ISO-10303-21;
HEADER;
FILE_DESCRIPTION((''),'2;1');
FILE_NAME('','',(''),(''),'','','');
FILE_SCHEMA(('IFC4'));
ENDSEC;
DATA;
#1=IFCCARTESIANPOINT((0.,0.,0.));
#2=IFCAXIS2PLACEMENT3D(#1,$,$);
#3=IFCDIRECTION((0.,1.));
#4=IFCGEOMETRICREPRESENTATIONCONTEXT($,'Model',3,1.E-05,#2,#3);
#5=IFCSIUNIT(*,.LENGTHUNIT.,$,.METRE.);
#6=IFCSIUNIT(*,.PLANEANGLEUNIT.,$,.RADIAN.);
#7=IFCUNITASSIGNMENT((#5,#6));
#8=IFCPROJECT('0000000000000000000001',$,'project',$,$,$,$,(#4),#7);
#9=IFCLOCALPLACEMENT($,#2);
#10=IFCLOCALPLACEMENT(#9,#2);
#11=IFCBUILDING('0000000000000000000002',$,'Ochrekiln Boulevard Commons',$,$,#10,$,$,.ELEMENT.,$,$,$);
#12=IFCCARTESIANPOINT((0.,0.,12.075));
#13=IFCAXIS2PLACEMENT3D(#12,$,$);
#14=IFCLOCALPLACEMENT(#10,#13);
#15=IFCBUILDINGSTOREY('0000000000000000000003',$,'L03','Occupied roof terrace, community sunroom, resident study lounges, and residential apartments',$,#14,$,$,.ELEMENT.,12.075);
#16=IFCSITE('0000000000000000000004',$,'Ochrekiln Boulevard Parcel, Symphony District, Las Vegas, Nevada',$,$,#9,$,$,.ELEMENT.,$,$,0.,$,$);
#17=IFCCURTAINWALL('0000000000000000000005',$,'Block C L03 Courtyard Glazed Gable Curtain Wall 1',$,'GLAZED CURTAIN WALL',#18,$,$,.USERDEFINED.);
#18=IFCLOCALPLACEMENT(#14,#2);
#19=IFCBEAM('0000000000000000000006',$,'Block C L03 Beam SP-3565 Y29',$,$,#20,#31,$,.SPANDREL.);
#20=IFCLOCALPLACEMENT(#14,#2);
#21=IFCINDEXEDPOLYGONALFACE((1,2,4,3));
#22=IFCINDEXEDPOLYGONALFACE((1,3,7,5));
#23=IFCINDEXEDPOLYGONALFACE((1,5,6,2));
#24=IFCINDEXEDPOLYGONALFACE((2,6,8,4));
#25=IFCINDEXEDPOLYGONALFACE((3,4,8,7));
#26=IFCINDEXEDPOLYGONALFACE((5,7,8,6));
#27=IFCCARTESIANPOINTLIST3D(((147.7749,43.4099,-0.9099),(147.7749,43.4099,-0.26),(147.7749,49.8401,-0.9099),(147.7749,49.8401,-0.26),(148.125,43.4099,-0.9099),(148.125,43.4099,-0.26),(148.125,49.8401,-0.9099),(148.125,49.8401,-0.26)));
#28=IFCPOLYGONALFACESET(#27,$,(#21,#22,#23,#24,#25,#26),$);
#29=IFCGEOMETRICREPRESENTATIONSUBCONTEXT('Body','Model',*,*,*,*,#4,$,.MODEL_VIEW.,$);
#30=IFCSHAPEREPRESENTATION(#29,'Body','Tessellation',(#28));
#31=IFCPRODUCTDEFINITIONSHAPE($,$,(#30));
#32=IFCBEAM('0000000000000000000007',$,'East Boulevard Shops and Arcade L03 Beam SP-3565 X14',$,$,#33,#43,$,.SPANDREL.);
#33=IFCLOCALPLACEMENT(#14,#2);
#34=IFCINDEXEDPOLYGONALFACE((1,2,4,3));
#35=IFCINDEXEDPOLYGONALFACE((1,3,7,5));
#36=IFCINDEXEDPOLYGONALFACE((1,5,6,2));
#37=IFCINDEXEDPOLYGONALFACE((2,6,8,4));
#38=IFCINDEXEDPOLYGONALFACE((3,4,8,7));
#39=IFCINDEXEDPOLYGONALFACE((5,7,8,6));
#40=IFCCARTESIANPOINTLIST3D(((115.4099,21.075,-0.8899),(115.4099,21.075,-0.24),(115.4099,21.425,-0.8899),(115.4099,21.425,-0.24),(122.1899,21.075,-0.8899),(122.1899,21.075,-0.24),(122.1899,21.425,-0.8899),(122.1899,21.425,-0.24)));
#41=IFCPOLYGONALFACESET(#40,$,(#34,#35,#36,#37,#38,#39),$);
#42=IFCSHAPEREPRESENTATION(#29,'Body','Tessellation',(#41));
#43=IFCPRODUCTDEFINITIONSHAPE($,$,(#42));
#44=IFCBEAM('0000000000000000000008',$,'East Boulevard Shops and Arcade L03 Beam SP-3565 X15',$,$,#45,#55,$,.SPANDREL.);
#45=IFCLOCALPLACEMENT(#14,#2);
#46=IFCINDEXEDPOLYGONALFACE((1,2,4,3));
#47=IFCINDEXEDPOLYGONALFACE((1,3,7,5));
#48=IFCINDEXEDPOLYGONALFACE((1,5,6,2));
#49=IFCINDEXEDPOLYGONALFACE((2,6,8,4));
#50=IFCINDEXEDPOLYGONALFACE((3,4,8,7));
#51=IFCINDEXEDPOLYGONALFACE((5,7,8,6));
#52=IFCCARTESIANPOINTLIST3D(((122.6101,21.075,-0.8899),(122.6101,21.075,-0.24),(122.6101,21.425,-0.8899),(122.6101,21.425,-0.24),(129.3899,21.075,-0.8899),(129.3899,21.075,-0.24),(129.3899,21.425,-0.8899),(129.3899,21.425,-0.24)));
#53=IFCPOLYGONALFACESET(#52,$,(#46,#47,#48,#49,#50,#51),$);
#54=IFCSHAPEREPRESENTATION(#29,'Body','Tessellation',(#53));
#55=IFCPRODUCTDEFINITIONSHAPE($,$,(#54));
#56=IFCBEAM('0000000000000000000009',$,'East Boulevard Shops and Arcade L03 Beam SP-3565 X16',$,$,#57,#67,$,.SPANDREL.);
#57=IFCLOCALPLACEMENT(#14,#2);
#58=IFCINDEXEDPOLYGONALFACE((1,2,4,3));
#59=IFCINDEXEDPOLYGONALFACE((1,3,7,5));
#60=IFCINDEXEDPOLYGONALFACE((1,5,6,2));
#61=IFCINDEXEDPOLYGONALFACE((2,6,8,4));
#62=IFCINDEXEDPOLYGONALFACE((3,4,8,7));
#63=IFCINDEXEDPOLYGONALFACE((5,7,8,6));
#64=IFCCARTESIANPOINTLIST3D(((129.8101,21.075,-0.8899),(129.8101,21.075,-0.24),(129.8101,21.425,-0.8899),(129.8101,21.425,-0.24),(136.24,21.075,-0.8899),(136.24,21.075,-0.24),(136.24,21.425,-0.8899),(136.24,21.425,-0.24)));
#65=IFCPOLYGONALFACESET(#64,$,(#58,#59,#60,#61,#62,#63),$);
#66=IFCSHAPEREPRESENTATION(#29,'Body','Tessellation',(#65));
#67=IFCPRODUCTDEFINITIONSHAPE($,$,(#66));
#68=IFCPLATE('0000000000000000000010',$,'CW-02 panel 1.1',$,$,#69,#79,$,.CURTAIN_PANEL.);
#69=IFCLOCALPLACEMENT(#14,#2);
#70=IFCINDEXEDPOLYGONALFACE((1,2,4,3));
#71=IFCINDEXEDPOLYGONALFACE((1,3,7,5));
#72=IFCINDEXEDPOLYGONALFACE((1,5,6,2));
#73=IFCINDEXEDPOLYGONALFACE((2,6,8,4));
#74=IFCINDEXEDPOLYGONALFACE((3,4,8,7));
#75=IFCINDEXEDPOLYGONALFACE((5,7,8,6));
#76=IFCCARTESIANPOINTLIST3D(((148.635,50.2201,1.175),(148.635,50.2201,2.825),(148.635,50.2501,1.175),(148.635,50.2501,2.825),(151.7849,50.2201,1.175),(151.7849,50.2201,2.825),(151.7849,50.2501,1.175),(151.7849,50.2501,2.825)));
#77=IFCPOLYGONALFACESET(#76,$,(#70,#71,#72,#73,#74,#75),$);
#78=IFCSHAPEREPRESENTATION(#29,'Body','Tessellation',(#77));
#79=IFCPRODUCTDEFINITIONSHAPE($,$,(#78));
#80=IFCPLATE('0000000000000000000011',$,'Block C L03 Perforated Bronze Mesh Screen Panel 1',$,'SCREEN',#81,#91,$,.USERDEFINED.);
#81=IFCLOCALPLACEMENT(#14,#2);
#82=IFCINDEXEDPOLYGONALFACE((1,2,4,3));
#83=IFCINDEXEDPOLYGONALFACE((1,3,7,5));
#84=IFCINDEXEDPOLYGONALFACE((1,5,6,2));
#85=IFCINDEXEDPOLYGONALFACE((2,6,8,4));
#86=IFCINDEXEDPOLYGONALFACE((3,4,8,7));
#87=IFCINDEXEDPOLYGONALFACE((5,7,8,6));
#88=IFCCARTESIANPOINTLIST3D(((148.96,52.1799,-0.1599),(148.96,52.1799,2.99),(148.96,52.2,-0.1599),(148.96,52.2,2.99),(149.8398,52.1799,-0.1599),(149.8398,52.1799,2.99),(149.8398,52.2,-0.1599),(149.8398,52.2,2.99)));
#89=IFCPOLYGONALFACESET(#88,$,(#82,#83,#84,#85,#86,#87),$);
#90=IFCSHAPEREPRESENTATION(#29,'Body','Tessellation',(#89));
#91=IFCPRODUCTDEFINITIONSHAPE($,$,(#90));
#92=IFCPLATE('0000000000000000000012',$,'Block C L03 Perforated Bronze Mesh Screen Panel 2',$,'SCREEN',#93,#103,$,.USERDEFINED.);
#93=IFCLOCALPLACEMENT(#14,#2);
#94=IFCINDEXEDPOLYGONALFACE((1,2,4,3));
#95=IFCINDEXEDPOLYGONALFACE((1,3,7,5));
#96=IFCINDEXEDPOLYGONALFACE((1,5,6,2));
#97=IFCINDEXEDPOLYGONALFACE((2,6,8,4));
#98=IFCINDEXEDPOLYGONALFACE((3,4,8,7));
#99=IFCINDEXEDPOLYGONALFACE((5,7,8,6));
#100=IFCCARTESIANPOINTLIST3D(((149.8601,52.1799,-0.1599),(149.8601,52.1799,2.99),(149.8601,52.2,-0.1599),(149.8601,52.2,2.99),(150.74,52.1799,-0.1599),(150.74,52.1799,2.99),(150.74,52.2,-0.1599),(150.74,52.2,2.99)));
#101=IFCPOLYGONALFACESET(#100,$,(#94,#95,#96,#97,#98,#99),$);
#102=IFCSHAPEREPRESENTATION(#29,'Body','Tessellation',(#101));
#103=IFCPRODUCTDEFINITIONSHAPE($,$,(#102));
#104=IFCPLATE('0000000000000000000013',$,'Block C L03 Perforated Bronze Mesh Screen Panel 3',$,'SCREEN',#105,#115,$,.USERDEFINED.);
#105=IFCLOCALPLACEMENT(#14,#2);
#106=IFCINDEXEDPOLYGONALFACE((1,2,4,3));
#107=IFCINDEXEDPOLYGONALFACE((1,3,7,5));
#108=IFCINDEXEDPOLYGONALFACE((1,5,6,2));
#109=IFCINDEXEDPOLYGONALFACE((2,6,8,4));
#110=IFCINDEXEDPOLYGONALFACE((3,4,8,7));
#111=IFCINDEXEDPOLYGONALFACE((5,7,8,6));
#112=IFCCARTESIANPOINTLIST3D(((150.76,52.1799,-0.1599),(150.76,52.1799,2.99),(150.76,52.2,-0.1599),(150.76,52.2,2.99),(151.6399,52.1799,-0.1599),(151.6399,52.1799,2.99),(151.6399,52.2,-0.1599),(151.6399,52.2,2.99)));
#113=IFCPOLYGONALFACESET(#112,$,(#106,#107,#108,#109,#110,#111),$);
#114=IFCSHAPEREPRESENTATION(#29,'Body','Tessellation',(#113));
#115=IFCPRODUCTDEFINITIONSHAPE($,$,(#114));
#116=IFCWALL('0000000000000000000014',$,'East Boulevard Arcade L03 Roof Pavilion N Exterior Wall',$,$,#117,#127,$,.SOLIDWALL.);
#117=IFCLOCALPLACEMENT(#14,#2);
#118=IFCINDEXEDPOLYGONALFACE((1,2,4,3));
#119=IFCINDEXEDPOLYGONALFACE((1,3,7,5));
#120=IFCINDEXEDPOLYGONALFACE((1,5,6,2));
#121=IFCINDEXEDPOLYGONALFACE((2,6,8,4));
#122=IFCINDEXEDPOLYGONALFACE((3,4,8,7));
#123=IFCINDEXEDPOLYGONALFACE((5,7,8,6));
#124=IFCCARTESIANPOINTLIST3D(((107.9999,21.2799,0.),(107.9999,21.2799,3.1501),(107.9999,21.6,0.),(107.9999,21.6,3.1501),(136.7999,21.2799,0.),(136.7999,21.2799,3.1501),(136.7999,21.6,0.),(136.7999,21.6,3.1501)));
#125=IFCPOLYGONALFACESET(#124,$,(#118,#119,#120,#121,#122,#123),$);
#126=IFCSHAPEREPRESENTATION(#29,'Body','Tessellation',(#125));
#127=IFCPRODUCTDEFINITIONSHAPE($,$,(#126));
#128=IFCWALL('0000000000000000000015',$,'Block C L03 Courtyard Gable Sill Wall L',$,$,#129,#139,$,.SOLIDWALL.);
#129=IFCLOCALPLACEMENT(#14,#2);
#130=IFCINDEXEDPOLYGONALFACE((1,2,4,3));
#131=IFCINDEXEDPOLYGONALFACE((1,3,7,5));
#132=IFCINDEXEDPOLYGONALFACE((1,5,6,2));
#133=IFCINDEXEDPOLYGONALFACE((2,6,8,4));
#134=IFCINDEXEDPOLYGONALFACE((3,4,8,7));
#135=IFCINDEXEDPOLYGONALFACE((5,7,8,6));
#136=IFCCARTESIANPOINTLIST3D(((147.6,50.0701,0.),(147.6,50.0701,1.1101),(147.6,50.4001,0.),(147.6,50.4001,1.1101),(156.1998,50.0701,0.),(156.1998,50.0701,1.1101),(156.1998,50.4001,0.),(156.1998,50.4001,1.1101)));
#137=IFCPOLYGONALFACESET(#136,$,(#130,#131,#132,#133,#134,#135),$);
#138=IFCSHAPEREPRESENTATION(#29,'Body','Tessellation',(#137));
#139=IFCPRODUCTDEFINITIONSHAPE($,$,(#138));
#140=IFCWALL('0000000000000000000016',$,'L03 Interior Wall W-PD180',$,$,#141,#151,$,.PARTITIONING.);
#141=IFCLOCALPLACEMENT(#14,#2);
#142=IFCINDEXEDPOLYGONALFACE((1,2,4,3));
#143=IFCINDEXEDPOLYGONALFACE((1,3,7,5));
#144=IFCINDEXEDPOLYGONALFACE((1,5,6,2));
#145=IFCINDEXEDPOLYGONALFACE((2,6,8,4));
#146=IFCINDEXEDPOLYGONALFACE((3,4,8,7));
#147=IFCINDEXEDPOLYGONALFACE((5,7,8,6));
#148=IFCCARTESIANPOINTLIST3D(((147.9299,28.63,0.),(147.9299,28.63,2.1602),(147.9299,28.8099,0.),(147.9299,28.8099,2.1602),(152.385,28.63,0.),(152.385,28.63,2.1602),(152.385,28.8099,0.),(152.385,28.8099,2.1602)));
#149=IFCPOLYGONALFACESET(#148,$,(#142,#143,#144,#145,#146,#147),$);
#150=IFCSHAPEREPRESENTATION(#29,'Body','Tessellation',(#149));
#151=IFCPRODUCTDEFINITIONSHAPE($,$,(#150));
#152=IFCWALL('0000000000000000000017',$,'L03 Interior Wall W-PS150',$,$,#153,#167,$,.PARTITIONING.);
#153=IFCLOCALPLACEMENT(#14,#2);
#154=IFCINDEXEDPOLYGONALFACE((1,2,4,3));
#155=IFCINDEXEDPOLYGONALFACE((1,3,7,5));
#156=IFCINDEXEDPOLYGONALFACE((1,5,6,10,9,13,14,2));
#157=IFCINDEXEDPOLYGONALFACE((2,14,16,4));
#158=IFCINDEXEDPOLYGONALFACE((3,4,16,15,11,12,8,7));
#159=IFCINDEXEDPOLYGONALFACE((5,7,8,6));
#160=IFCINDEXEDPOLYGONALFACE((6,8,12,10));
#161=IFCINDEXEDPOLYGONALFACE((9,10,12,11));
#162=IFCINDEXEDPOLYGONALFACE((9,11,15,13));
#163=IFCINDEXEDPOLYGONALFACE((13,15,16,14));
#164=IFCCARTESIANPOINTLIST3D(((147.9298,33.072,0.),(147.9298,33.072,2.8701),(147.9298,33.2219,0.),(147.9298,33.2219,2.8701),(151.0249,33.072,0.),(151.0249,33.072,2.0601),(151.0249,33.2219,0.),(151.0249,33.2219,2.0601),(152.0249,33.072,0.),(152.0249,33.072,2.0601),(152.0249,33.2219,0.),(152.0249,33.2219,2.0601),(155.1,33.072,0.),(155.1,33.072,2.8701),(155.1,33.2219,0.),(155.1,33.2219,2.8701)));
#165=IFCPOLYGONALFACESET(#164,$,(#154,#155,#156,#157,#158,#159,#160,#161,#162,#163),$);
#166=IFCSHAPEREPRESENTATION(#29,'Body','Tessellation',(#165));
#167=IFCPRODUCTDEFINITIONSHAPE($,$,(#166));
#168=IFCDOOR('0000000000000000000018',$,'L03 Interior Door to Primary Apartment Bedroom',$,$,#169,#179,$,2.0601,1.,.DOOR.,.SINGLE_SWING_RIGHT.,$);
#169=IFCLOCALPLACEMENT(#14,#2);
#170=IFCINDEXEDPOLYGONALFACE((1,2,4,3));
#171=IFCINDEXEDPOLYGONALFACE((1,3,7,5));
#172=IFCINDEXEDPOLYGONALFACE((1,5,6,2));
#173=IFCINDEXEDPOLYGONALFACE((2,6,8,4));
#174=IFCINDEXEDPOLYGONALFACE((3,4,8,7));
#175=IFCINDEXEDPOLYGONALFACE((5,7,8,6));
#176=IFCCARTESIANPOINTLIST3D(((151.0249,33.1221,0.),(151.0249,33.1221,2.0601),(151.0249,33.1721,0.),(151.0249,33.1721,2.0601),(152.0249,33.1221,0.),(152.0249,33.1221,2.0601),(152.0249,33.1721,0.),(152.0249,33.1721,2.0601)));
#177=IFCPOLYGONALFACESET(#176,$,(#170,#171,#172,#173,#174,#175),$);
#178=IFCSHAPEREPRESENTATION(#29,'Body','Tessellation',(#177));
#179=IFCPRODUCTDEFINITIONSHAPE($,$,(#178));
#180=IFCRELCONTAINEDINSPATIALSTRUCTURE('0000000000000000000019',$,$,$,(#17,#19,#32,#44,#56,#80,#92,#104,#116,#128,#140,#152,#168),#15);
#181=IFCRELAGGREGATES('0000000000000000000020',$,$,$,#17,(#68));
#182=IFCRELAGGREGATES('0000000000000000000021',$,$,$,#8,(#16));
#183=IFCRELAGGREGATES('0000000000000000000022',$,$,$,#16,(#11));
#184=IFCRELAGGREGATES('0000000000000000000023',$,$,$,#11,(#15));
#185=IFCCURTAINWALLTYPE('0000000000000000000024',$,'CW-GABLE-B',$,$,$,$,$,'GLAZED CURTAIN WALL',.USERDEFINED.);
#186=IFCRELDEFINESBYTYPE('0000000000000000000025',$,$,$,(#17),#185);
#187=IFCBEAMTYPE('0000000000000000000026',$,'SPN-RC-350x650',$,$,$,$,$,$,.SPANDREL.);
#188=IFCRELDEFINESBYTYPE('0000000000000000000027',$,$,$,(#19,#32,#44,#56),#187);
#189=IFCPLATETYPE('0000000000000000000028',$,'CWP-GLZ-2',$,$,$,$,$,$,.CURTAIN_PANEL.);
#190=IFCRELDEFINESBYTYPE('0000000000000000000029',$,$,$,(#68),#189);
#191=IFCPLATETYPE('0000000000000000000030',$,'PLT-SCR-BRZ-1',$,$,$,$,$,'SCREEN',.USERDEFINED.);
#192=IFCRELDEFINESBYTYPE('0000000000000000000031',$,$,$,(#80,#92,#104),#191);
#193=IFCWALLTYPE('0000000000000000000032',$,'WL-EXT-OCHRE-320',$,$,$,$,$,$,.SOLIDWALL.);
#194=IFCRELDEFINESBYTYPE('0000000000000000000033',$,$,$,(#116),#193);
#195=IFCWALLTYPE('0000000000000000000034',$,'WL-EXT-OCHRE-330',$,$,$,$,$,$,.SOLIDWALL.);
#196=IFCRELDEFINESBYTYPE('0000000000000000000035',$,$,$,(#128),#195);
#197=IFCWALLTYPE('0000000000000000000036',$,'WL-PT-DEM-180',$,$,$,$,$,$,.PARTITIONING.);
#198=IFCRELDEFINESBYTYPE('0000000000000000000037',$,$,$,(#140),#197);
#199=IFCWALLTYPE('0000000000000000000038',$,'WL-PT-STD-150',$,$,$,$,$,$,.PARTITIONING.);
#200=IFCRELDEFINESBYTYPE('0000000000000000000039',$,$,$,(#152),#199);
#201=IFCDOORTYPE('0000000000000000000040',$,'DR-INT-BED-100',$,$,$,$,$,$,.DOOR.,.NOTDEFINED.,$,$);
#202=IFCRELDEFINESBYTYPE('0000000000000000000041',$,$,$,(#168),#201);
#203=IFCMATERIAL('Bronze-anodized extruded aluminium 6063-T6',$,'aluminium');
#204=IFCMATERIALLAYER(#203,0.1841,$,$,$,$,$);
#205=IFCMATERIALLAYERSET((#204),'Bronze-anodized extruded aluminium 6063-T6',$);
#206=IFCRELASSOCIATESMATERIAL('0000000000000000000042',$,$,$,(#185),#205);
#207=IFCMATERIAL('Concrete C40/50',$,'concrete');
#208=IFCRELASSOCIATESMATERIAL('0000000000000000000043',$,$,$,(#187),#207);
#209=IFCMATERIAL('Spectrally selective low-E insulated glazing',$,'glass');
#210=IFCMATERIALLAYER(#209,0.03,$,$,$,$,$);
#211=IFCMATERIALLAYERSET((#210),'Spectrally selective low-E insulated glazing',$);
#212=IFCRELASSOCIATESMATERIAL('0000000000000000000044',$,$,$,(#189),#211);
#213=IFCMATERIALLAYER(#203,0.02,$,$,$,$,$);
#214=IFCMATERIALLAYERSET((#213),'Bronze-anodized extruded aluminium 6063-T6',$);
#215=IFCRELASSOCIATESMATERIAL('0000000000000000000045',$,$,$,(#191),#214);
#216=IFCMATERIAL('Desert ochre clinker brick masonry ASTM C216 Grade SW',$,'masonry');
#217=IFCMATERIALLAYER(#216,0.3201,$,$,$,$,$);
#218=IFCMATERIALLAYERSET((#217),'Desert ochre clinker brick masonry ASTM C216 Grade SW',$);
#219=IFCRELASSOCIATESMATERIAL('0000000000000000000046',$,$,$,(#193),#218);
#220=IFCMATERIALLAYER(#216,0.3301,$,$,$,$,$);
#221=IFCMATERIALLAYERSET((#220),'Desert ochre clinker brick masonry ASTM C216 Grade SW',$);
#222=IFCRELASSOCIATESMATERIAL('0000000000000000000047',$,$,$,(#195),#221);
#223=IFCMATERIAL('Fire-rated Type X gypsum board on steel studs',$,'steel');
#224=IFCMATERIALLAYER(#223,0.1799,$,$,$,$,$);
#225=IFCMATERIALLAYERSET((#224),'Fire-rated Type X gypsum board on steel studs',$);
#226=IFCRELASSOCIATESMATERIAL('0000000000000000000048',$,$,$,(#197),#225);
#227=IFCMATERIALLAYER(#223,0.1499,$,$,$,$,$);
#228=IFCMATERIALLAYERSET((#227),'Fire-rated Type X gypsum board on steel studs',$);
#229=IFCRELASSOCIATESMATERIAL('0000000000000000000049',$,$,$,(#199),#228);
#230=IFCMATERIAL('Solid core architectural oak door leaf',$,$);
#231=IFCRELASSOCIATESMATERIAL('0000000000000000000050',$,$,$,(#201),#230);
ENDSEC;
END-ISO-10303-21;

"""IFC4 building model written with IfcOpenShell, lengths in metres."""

from ifc_helpers import new_model, si_unit, direction, frame, frame_2d, origin, origin_2d, place, context, subcontext, project, spatial, rectangle, extrude, material, layer, layer_set, material_profile, profile_set, type_object, element, fill, aggregate, save


model = new_model("IFC4")

# Units and contexts
model_context = context("Model", 3, precision=1e-05, world=origin(), true_north=direction((0.0, 1.0)))
body_context = subcontext(model_context, "Body", "Model", "MODEL_VIEW")
ifc_project = project(units=[si_unit("LENGTHUNIT", "METRE"), si_unit("PLANEANGLEUNIT", "RADIAN")], contexts=[model_context])

# Site, building, storey
site_placement = place(None, origin())
site = spatial("IfcSite", under=ifc_project, at=site_placement, Name="Ochrekiln Boulevard Parcel, Symphony District, Las Vegas, Nevada", CompositionType="ELEMENT", RefElevation=0.0)
building_placement = place(site_placement, origin())
building = spatial("IfcBuilding", under=site, at=building_placement, Name="Ochrekiln Boulevard Commons", CompositionType="ELEMENT")
storey_placement = place(building_placement, frame((0.0, 0.0, 12.075)))
storey = spatial("IfcBuildingStorey", under=building, at=storey_placement, Name="L03", Description="Occupied roof terrace, community sunroom, resident study lounges, and residential apartments", CompositionType="ELEMENT", Elevation=12.075)

# Shared definitions
ifc_material_1 = material(Name="Concrete C40/50", Category="concrete")

# Curtain wall
ifc_material_2 = material(Name="Bronze-anodized extruded aluminium 6063-T6", Category="aluminium")
ifc_layer_1 = layer(ifc_material_2, 0.1841)
ifc_layer_set_1 = layer_set([ifc_layer_1], Name="Bronze-anodized extruded aluminium 6063-T6")
curtain_wall_type = type_object("IfcCurtainWallType", Name="CW-GABLE-B", ElementType="GLAZED CURTAIN WALL", PredefinedType="USERDEFINED", material=ifc_layer_set_1)
curtain_wall_placement = place(storey_placement, origin())
curtain_wall = element("IfcCurtainWall", 1, at=curtain_wall_placement, inside=storey, type_object=curtain_wall_type, Name="Block C L03 Courtyard Glazed Gable Curtain Wall 1", ObjectType="GLAZED CURTAIN WALL", PredefinedType="USERDEFINED")

# Beams
ifc_material_profile_1 = material_profile(ifc_material_1, rectangle(XDim=0.3501, YDim=0.6499, at=origin_2d()), Name="RC-SPN-350x650")
ifc_profile_set_1 = profile_set([ifc_material_profile_1], Name="Concrete C40/50")
beam_type_1 = type_object("IfcBeamType", Name="SPN-RC-350x650", PredefinedType="SPANDREL", material=ifc_profile_set_1)
beam_1_placement = place(storey_placement, frame((147.95, 43.4099, -0.585), z_axis=(0.0, 1.0, 0.0), x_axis=(-1.0, 0.0, 0.0)))
element("IfcBeam", 2, at=beam_1_placement, inside=storey, type_object=beam_type_1, Name="Block C L03 Beam SP-3565 Y29", PredefinedType="SPANDREL", context=body_context, shape_type="SweptSolid", body=[
    extrude(rectangle(XDim=0.3501, YDim=0.6499, at=origin_2d()), origin(), (0.0, 0.0, 1.0), 6.4302),
])
beam_2_placement = place(storey_placement, frame((115.4099, 21.25, -0.5649), z_axis=(1.0, 0.0, 0.0), x_axis=(0.0, 1.0, 0.0)))
element("IfcBeam", 3, at=beam_2_placement, inside=storey, type_object=beam_type_1, Name="East Boulevard Shops and Arcade L03 Beam SP-3565 X14", PredefinedType="SPANDREL", context=body_context, shape_type="SweptSolid", body=[
    extrude(rectangle(XDim=0.3501, YDim=0.6499, at=origin_2d()), origin(), (0.0, 0.0, 1.0), 6.78),
])
beam_3_placement = place(storey_placement, frame((122.6101, 21.25, -0.5649), z_axis=(1.0, 0.0, 0.0), x_axis=(0.0, 1.0, 0.0)))
element("IfcBeam", 4, at=beam_3_placement, inside=storey, type_object=beam_type_1, Name="East Boulevard Shops and Arcade L03 Beam SP-3565 X15", PredefinedType="SPANDREL", context=body_context, shape_type="SweptSolid", body=[
    extrude(rectangle(XDim=0.3501, YDim=0.6499, at=origin_2d()), origin(), (0.0, 0.0, 1.0), 6.7798),
])
beam_4_placement = place(storey_placement, frame((129.8101, 21.25, -0.5649), z_axis=(1.0, 0.0, 0.0), x_axis=(0.0, 1.0, 0.0)))
element("IfcBeam", 5, at=beam_4_placement, inside=storey, type_object=beam_type_1, Name="East Boulevard Shops and Arcade L03 Beam SP-3565 X16", PredefinedType="SPANDREL", context=body_context, shape_type="SweptSolid", body=[
    extrude(rectangle(XDim=0.3501, YDim=0.6499, at=origin_2d()), origin(), (0.0, 0.0, 1.0), 6.4299),
])

# Plate
ifc_material_3 = material(Name="Spectrally selective low-E insulated glazing", Category="glass")
ifc_layer_2 = layer(ifc_material_3, 0.03)
ifc_layer_set_2 = layer_set([ifc_layer_2], Name="Spectrally selective low-E insulated glazing")
plate_type_1 = type_object("IfcPlateType", Name="CWP-GLZ-2", PredefinedType="CURTAIN_PANEL", material=ifc_layer_set_2)
plate_placement = place(storey_placement, frame((150.21, 50.2351, 1.175), z_axis=(0.0, 0.0, 1.0), x_axis=(1.0, 0.0, 0.0)))
plate = element("IfcPlate", 6, at=plate_placement, type_object=plate_type_1, Name="CW-02 panel 1.1", PredefinedType="CURTAIN_PANEL", context=body_context, shape_type="SweptSolid", body=[
    extrude(rectangle(XDim=3.1499, YDim=0.03, at=origin_2d()), origin(), (0.0, 0.0, 1.0), 1.6499),
])
aggregate(curtain_wall, [plate])

# Plates
ifc_layer_3 = layer(ifc_material_2, 0.02)
ifc_layer_set_3 = layer_set([ifc_layer_3], Name="Bronze-anodized extruded aluminium 6063-T6")
plate_type_2 = type_object("IfcPlateType", Name="PLT-SCR-BRZ-1", ElementType="SCREEN", PredefinedType="USERDEFINED", material=ifc_layer_set_3)
for number, where, z_axis, x_axis, name in (
    (7, (149.3999, 52.1899, -0.1599), (0.0, 0.0, 1.0), (1.0, 0.0, 0.0), "Block C L03 Perforated Bronze Mesh Screen Panel 1"),
    (8, (150.3, 52.1899, -0.1599), (0.0, 0.0, 1.0), (1.0, 0.0, 0.0), "Block C L03 Perforated Bronze Mesh Screen Panel 2"),
    (9, (151.2, 52.1899, -0.1599), (0.0, 0.0, 1.0), (1.0, 0.0, 0.0), "Block C L03 Perforated Bronze Mesh Screen Panel 3"),
):
    element("IfcPlate", number, at=place(storey_placement, frame(where, z_axis=z_axis, x_axis=x_axis)), inside=storey, type_object=plate_type_2, Name=name, ObjectType="SCREEN", PredefinedType="USERDEFINED", context=body_context, shape_type="SweptSolid", body=[
        extrude(rectangle(XDim=0.8799, YDim=0.02, at=origin_2d()), origin(), (0.0, 0.0, 1.0), 3.1499),
    ])

# Walls
ifc_material_4 = material(Name="Desert ochre clinker brick masonry ASTM C216 Grade SW", Category="masonry")
ifc_layer_4 = layer(ifc_material_4, 0.3201)
ifc_layer_set_4 = layer_set([ifc_layer_4], Name="Desert ochre clinker brick masonry ASTM C216 Grade SW")
wall_type_1 = type_object("IfcWallType", Name="WL-EXT-OCHRE-320", PredefinedType="SOLIDWALL", material=ifc_layer_set_4)
wall_1_placement = place(storey_placement, frame((108.0, 21.4399, 0.0), z_axis=(0.0, 0.0, 1.0), x_axis=(1.0, 0.0, 0.0)))
element("IfcWall", 10, at=wall_1_placement, inside=storey, type_object=wall_type_1, Name="East Boulevard Arcade L03 Roof Pavilion N Exterior Wall", PredefinedType="SOLIDWALL", context=body_context, shape_type="SweptSolid", body=[
    extrude(rectangle(XDim=28.8, YDim=0.3201, at=frame_2d((14.3999, 0.0))), origin(), (0.0, 0.0, 1.0), 3.1501),
])
ifc_layer_5 = layer(ifc_material_4, 0.3301)
ifc_layer_set_5 = layer_set([ifc_layer_5], Name="Desert ochre clinker brick masonry ASTM C216 Grade SW")
wall_type_2 = type_object("IfcWallType", Name="WL-EXT-OCHRE-330", PredefinedType="SOLIDWALL", material=ifc_layer_set_5)
wall_2_placement = place(storey_placement, frame((147.6001, 50.2351, 0.0), z_axis=(0.0, 0.0, 1.0), x_axis=(1.0, 0.0, 0.0)))
element("IfcWall", 11, at=wall_2_placement, inside=storey, type_object=wall_type_2, Name="Block C L03 Courtyard Gable Sill Wall L", PredefinedType="SOLIDWALL", context=body_context, shape_type="SweptSolid", body=[
    extrude(rectangle(XDim=8.5999, YDim=0.3301, at=frame_2d((4.2998, 0.0))), origin(), (0.0, 0.0, 1.0), 1.1101),
])
ifc_material_5 = material(Name="Fire-rated Type X gypsum board on steel studs", Category="steel")
ifc_layer_6 = layer(ifc_material_5, 0.1799)
ifc_layer_set_6 = layer_set([ifc_layer_6], Name="Fire-rated Type X gypsum board on steel studs")
wall_type_3 = type_object("IfcWallType", Name="WL-PT-DEM-180", PredefinedType="PARTITIONING", material=ifc_layer_set_6)
wall_3_placement = place(storey_placement, frame((147.9299, 28.72, 0.0), z_axis=(0.0, 0.0, 1.0), x_axis=(1.0, 0.0, 0.0)))
element("IfcWall", 12, at=wall_3_placement, inside=storey, type_object=wall_type_3, Name="L03 Interior Wall W-PD180", PredefinedType="PARTITIONING", context=body_context, shape_type="SweptSolid", body=[
    extrude(rectangle(XDim=4.4551, YDim=0.1799, at=frame_2d((2.2275, 0.0))), origin(), (0.0, 0.0, 1.0), 2.1602),
])

# Wall, opening, door
ifc_layer_7 = layer(ifc_material_5, 0.1499)
ifc_layer_set_7 = layer_set([ifc_layer_7], Name="Fire-rated Type X gypsum board on steel studs")
wall_type_4 = type_object("IfcWallType", Name="WL-PT-STD-150", PredefinedType="PARTITIONING", material=ifc_layer_set_7)
wall_4_placement = place(storey_placement, frame((147.9299, 33.147, 0.0), z_axis=(0.0, 0.0, 1.0), x_axis=(1.0, 0.0, 0.0)))
wall_4 = element("IfcWall", 13, at=wall_4_placement, inside=storey, type_object=wall_type_4, Name="L03 Interior Wall W-PS150", PredefinedType="PARTITIONING", context=body_context, shape_type="SweptSolid", body=[
    extrude(rectangle(XDim=7.1702, YDim=0.1499, at=frame_2d((3.585, 0.0))), origin(), (0.0, 0.0, 1.0), 2.8701),
])
opening_1_placement = place(wall_4_placement, frame((3.095, 0.0, 0.0)))
opening_1 = element("IfcOpeningElement", 14, at=opening_1_placement, cuts=wall_4, PredefinedType="OPENING", context=body_context, shape_type="SweptSolid", body=[
    extrude(rectangle(XDim=1.0, YDim=2.0601, at=frame_2d((0.5, 1.03))), frame((0.0, 0.085, 0.0), z_axis=(0.0, -1.0, 0.0), x_axis=(1.0, 0.0, 0.0)), (0.0, 0.0, 1.0), 0.1699),
])
ifc_material_6 = material(Name="Solid core architectural oak door leaf")
door_type_1 = type_object("IfcDoorType", Name="DR-INT-BED-100", OperationType="NOTDEFINED", PredefinedType="DOOR", material=ifc_material_6)
door_1_placement = place(opening_1_placement, frame((1.0, 0.0, 0.0), z_axis=(0.0, 0.0, 1.0), x_axis=(-1.0, 0.0, 0.0)))
door_1 = element("IfcDoor", 15, at=door_1_placement, inside=storey, type_object=door_type_1, Name="L03 Interior Door to Primary Apartment Bedroom", OperationType="SINGLE_SWING_RIGHT", OverallHeight=2.0601, OverallWidth=1.0, PredefinedType="DOOR", context=body_context, shape_type="SweptSolid", body=[
    extrude(rectangle(XDim=1.0, YDim=2.0601, at=frame_2d((0.5, 1.03))), frame((0.0, 0.0249, 0.0), z_axis=(0.0, -1.0, 0.0), x_axis=(1.0, 0.0, 0.0)), (0.0, 0.0, 1.0), 0.05),
])
fill(opening_1, door_1)

save(model, "model.ifc")
